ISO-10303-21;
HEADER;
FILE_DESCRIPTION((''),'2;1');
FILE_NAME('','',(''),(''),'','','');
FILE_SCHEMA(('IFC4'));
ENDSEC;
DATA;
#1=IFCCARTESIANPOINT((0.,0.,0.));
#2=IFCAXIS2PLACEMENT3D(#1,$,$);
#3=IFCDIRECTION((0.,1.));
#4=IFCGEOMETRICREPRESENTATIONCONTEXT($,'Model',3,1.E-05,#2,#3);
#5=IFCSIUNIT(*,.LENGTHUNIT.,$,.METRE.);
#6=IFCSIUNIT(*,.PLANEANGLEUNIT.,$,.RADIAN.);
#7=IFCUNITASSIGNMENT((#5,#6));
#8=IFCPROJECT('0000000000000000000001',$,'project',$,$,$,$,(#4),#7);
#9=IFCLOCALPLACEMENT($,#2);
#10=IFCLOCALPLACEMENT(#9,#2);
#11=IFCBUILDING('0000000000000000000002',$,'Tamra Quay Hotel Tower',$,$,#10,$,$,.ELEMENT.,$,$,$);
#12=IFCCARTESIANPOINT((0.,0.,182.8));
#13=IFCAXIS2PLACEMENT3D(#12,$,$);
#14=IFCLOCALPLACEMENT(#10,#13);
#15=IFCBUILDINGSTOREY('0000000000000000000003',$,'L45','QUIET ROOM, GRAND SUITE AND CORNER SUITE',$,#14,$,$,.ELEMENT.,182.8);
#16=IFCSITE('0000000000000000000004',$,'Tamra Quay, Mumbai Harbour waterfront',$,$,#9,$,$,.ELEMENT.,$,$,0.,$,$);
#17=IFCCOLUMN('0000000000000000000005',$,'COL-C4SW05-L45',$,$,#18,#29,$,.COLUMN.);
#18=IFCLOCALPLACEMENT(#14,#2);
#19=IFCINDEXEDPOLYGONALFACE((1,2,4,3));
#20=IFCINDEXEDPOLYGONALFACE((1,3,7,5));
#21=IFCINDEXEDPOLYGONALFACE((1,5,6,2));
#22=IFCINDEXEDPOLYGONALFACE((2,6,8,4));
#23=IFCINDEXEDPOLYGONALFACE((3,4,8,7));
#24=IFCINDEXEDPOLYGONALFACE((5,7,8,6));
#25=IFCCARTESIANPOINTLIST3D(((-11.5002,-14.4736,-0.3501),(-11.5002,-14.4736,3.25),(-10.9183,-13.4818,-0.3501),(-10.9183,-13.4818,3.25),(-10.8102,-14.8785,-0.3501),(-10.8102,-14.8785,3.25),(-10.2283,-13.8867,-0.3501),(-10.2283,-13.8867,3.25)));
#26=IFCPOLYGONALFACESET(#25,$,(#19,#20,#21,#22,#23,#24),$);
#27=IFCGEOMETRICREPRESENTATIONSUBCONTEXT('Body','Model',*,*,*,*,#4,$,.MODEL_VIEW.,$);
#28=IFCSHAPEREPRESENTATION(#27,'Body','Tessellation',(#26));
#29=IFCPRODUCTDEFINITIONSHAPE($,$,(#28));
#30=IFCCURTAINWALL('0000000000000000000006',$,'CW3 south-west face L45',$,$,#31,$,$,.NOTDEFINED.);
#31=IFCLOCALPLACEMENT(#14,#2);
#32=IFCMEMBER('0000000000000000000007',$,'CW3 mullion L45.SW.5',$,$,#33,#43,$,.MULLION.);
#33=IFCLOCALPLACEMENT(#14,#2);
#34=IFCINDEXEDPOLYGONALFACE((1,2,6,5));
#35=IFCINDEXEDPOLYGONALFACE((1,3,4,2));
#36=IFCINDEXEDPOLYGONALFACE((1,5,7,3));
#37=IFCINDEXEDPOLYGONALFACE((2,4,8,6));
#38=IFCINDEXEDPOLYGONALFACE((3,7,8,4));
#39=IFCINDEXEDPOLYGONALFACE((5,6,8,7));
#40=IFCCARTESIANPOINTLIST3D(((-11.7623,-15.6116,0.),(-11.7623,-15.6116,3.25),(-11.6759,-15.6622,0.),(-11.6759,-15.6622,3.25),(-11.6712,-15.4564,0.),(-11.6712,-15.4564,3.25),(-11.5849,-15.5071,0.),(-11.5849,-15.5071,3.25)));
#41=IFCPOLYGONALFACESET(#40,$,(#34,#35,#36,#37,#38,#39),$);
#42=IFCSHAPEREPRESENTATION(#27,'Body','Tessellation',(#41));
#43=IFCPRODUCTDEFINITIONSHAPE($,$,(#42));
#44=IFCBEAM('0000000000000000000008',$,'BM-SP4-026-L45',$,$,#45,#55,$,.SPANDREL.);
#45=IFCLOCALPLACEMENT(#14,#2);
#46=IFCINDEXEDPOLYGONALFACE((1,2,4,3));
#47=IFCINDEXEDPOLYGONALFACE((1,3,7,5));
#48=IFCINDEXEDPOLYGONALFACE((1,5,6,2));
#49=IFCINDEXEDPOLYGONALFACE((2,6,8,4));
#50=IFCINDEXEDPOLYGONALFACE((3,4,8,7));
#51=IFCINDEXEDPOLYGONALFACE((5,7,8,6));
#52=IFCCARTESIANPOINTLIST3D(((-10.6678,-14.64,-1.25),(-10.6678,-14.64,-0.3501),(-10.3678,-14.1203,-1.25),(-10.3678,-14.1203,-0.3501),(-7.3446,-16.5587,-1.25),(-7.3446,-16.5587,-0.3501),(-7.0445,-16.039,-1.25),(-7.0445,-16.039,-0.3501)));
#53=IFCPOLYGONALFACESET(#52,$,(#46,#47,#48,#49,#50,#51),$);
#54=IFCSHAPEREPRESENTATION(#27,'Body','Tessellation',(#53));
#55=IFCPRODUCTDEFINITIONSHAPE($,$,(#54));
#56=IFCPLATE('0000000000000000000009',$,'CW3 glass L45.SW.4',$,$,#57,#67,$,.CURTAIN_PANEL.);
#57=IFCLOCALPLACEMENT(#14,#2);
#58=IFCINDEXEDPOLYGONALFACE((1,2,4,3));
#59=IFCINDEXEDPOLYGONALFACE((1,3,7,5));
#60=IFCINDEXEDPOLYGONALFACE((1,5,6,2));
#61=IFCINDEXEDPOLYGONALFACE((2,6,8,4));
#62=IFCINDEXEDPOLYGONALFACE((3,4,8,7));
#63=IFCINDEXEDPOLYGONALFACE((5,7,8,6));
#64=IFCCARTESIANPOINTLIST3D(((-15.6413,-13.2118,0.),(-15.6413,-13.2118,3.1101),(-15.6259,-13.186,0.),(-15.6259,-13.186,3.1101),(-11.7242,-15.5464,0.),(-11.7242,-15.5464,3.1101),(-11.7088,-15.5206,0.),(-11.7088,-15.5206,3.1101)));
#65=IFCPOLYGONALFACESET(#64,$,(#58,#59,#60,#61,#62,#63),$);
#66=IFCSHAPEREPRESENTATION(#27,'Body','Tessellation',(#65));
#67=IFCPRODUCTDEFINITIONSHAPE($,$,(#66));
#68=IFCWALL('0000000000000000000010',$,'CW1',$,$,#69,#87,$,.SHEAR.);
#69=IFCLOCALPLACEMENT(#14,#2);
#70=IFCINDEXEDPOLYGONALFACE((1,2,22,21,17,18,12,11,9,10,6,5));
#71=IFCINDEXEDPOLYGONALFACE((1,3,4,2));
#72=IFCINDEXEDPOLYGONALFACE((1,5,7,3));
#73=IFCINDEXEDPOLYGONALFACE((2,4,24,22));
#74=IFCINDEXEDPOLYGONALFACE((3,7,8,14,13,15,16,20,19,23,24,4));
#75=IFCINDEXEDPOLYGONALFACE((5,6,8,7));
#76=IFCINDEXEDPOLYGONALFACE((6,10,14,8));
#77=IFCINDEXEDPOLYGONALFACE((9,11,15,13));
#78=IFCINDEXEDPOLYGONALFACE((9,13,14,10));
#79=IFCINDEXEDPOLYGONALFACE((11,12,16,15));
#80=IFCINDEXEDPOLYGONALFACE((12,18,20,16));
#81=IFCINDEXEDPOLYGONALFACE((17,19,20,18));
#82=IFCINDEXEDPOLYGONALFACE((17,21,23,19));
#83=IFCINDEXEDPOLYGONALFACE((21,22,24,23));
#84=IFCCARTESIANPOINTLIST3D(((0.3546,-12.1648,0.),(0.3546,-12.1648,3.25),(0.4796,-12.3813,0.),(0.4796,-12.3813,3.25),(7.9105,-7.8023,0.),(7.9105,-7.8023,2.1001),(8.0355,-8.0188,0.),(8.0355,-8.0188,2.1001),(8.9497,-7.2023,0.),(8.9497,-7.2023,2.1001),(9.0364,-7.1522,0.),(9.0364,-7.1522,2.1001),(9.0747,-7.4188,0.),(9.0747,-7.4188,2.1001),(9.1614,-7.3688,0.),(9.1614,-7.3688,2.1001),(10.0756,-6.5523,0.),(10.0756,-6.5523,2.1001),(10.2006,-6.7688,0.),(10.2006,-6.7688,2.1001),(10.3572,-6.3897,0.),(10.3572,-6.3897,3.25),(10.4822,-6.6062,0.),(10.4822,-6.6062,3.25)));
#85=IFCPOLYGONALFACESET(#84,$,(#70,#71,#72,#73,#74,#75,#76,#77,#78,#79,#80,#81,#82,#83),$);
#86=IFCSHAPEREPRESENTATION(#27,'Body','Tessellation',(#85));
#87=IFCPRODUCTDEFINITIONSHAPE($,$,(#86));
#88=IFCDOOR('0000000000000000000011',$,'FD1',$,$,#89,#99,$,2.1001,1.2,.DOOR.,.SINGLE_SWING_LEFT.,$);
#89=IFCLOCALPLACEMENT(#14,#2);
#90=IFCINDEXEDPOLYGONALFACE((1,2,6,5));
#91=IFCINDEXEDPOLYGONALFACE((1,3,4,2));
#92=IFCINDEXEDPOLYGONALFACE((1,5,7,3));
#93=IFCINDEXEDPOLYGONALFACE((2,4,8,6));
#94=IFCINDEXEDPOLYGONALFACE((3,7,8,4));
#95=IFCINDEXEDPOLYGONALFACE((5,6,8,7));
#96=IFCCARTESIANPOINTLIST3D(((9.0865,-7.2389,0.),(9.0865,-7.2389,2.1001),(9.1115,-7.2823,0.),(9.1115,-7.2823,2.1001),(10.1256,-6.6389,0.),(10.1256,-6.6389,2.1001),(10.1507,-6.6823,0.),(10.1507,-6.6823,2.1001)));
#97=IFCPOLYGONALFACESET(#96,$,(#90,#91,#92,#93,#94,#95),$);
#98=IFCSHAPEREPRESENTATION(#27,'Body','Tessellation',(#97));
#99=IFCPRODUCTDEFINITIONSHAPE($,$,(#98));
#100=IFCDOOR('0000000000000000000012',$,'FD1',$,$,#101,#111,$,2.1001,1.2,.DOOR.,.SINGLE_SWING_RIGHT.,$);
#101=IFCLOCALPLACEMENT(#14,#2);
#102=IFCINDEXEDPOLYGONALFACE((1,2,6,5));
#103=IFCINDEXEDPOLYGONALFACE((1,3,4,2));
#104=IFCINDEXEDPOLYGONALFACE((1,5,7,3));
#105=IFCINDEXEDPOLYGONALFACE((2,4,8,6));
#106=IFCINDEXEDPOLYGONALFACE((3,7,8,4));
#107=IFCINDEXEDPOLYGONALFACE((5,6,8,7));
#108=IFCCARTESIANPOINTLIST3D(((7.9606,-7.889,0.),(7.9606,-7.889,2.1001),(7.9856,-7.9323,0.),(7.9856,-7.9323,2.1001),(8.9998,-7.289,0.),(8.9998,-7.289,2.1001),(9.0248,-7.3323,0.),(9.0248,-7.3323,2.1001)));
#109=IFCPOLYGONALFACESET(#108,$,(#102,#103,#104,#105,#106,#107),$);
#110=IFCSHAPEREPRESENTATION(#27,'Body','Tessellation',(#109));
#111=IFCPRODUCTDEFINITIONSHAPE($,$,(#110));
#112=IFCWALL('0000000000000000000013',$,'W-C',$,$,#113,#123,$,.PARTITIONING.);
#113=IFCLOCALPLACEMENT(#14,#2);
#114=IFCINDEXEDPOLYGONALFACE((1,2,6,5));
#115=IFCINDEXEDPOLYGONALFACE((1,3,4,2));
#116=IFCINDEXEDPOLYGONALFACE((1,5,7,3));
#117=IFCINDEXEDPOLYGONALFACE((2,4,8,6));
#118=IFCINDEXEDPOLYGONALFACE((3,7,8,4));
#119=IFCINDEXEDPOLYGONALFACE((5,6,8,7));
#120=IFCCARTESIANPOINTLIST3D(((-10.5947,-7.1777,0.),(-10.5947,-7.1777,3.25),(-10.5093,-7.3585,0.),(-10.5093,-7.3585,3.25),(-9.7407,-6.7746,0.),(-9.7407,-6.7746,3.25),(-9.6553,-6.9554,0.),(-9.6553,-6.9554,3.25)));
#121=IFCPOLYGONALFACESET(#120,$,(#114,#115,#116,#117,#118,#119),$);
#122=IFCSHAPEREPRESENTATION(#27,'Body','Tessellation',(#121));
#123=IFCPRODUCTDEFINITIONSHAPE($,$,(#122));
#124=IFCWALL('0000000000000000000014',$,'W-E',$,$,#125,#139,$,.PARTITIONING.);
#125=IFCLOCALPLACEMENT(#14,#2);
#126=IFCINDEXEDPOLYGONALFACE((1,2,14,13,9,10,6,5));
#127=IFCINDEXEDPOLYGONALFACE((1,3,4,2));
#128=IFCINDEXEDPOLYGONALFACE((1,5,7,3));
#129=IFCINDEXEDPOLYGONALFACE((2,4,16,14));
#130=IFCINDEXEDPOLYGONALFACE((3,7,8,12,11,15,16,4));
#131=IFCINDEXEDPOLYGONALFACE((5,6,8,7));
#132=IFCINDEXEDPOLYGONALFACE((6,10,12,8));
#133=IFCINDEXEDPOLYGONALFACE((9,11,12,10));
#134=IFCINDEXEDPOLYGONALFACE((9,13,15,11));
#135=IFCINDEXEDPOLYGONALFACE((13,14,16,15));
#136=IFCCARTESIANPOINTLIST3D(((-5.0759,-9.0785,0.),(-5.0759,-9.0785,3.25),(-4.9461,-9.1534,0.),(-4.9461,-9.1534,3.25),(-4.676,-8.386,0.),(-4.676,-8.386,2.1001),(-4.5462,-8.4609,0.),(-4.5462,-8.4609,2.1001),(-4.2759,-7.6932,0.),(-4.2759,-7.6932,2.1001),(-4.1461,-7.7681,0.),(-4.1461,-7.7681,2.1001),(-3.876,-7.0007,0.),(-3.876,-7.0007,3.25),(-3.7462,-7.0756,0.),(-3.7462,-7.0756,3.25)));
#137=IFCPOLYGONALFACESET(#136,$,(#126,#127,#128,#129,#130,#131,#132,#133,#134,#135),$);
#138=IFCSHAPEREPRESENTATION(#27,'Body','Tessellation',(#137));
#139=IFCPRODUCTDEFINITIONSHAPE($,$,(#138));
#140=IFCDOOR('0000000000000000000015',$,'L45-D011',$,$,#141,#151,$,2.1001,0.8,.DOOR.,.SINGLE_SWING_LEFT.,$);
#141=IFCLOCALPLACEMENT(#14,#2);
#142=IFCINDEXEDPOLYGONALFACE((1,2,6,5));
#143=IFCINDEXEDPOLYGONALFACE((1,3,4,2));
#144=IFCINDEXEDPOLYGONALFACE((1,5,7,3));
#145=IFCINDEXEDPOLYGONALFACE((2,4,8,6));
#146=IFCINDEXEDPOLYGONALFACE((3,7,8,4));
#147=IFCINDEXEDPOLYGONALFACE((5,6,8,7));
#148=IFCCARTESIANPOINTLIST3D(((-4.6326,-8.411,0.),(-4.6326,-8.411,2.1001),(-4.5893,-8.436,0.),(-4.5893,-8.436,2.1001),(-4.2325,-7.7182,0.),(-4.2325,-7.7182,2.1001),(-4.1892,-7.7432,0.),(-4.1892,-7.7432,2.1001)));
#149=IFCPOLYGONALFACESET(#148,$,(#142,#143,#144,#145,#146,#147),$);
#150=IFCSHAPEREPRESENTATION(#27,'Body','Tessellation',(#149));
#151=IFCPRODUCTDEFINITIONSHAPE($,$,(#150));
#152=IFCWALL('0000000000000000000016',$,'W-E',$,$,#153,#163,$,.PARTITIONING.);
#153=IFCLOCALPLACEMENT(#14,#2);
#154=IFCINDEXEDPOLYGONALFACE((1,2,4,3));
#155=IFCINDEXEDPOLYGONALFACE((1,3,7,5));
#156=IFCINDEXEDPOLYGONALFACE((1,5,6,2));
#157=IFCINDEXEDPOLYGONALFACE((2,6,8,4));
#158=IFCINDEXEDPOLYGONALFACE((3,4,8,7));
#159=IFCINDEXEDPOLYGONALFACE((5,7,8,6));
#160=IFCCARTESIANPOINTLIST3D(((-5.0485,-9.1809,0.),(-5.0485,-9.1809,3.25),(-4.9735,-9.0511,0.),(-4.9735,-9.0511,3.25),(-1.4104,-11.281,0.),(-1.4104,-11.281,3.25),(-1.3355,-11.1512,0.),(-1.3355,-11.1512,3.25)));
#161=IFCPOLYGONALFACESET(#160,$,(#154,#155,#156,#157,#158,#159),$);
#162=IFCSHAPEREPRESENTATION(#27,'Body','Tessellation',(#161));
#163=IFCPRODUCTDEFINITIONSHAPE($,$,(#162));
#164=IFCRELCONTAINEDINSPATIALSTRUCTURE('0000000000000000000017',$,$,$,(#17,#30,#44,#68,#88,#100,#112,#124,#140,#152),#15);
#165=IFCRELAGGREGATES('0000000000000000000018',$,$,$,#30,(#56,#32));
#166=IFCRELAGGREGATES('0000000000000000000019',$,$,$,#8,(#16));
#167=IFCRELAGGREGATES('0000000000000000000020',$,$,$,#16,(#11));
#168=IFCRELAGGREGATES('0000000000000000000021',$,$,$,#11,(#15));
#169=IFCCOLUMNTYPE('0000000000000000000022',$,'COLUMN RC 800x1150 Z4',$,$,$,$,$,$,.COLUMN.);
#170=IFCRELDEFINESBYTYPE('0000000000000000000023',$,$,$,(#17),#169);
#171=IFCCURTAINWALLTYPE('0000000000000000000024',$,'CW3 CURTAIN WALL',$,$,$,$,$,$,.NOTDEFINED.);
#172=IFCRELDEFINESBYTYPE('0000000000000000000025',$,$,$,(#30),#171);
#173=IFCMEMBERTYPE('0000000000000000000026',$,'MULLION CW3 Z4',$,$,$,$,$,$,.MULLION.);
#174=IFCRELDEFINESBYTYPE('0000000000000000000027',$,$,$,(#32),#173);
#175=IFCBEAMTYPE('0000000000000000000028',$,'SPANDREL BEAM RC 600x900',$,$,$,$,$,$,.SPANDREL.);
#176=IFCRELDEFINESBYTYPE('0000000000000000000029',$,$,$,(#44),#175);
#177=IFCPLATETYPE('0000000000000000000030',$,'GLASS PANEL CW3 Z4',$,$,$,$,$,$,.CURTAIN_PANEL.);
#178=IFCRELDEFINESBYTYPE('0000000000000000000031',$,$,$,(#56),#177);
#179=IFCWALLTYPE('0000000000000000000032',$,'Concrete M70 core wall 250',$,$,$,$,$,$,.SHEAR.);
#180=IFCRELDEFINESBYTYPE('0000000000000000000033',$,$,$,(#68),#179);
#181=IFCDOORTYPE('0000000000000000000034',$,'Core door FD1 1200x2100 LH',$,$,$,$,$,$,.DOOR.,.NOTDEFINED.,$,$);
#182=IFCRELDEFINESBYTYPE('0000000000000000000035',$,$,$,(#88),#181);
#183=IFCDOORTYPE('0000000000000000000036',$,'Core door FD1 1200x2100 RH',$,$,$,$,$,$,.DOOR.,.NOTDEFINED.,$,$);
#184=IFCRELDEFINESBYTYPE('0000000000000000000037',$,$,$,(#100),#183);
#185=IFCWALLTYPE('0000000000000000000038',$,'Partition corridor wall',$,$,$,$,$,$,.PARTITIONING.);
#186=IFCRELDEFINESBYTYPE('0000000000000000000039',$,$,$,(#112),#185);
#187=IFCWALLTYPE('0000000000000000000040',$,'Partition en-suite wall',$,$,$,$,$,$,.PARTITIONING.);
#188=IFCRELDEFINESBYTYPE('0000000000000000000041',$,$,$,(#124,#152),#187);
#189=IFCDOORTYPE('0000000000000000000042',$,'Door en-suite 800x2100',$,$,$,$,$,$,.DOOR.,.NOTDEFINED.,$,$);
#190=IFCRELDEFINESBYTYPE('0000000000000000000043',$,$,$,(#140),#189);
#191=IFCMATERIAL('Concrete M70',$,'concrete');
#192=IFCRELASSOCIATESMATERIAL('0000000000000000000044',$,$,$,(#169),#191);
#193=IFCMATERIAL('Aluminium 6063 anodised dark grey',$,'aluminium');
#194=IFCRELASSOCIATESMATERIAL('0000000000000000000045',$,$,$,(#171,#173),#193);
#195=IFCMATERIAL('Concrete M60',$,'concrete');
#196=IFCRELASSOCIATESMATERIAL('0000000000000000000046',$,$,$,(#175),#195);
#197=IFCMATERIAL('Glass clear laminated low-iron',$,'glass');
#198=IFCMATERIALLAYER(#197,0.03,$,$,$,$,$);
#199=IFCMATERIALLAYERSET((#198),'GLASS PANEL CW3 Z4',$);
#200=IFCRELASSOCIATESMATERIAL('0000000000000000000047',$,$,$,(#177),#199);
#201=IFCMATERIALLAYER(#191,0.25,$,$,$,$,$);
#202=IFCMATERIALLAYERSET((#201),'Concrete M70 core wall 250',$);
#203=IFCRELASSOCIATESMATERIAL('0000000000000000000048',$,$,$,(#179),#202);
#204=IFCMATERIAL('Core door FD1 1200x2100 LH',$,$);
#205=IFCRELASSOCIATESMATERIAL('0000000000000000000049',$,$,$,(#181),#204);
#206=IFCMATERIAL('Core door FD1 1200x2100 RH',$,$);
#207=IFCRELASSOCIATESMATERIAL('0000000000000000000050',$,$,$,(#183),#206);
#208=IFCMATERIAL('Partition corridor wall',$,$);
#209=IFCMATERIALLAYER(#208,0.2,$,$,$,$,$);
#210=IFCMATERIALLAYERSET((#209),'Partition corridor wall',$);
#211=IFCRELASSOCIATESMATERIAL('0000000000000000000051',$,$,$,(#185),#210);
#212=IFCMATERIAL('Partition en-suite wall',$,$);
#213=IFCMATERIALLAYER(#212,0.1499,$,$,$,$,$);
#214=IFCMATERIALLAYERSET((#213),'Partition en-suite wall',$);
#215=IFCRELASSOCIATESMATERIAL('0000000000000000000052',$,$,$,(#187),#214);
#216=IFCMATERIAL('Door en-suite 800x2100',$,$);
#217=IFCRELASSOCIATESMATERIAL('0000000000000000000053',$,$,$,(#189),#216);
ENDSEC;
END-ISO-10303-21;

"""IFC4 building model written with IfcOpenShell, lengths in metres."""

from ifc_helpers import new_model, si_unit, direction, frame, frame_2d, origin, origin_2d, place, context, subcontext, project, spatial, rectangle, extrude, material, layer, layer_set, material_profile, profile_set, type_object, element, fill, aggregate, save


model = new_model("IFC4")

# Units and contexts
model_context = context("Model", 3, precision=1e-05, world=origin(), true_north=direction((0.0, 1.0)))
body_context = subcontext(model_context, "Body", "Model", "MODEL_VIEW")
ifc_project = project(units=[si_unit("LENGTHUNIT", "METRE"), si_unit("PLANEANGLEUNIT", "RADIAN")], contexts=[model_context])

# Site, building, storey
site_placement = place(None, origin())
site = spatial("IfcSite", under=ifc_project, at=site_placement, Name="Tamra Quay, Mumbai Harbour waterfront", CompositionType="ELEMENT", RefElevation=0.0)
building_placement = place(site_placement, origin())
building = spatial("IfcBuilding", under=site, at=building_placement, Name="Tamra Quay Hotel Tower", CompositionType="ELEMENT")
storey_placement = place(building_placement, frame((0.0, 0.0, 182.8)))
storey = spatial("IfcBuildingStorey", under=building, at=storey_placement, Name="L45", Description="QUIET ROOM, GRAND SUITE AND CORNER SUITE", CompositionType="ELEMENT", Elevation=182.8)

# Column
ifc_material_1 = material(Name="Concrete M70", Category="concrete")
ifc_material_profile_1 = material_profile(ifc_material_1, rectangle(XDim=1.1499, YDim=0.8, at=origin_2d()), Name="COLUMN RC 800x1150 Z4")
ifc_profile_set_1 = profile_set([ifc_material_profile_1], Name="Concrete M70")
column_type = type_object("IfcColumnType", Name="COLUMN RC 800x1150 Z4", PredefinedType="COLUMN", material=ifc_profile_set_1)
column_placement = place(storey_placement, frame((-10.8643, -14.1802, -0.3501), z_axis=(0.0, 0.0, 1.0), x_axis=(0.506085, 0.862484, 0.0)))
element("IfcColumn", 1, at=column_placement, inside=storey, type_object=column_type, Name="COL-C4SW05-L45", PredefinedType="COLUMN", context=body_context, shape_type="SweptSolid", body=[
    extrude(rectangle(XDim=1.1499, YDim=0.8, at=origin_2d()), origin(), (0.0, 0.0, 1.0), 3.6001),
])

# Curtain wall, member
ifc_material_2 = material(Name="Aluminium 6063 anodised dark grey", Category="aluminium")
curtain_wall_type = type_object("IfcCurtainWallType", Name="CW3 CURTAIN WALL", PredefinedType="NOTDEFINED", material=ifc_material_2)
curtain_wall_placement = place(storey_placement, origin())
curtain_wall = element("IfcCurtainWall", 2, at=curtain_wall_placement, inside=storey, type_object=curtain_wall_type, Name="CW3 south-west face L45", PredefinedType="NOTDEFINED")
ifc_material_profile_2 = material_profile(ifc_material_2, rectangle(XDim=0.1799, YDim=0.1001, at=origin_2d()), Name="MULLION 100X180")
ifc_profile_set_2 = profile_set([ifc_material_profile_2], Name="Aluminium 6063 anodised dark grey")
member_type = type_object("IfcMemberType", Name="MULLION CW3 Z4", PredefinedType="MULLION", material=ifc_profile_set_2)
member_placement = place(storey_placement, frame((-11.6736, -15.5593, 0.0), z_axis=(0.0, 0.0, 1.0), x_axis=(-0.506001, -0.862533, 0.0)))
member = element("IfcMember", 3, at=member_placement, type_object=member_type, Name="CW3 mullion L45.SW.5", PredefinedType="MULLION", context=body_context, shape_type="SweptSolid", body=[
    extrude(rectangle(XDim=0.1799, YDim=0.1001, at=origin_2d()), origin(), (0.0, 0.0, 1.0), 3.25),
])

# Beam
ifc_material_3 = material(Name="Concrete M60", Category="concrete")
ifc_material_profile_3 = material_profile(ifc_material_3, rectangle(XDim=0.6001, YDim=0.8999, at=origin_2d()), Name="SPANDREL BEAM RC 600x900")
ifc_profile_set_3 = profile_set([ifc_material_profile_3], Name="Concrete M60")
beam_type = type_object("IfcBeamType", Name="SPANDREL BEAM RC 600x900", PredefinedType="SPANDREL", material=ifc_profile_set_3)
beam_placement = place(storey_placement, frame((-10.5178, -14.3801, -0.8), z_axis=(0.866022, -0.500005, 0.0), x_axis=(0.500005, 0.866022, 0.0)))
element("IfcBeam", 4, at=beam_placement, inside=storey, type_object=beam_type, Name="BM-SP4-026-L45", PredefinedType="SPANDREL", context=body_context, shape_type="SweptSolid", body=[
    extrude(rectangle(XDim=0.6001, YDim=0.8999, at=origin_2d()), origin(), (0.0, 0.0, 1.0), 3.8374),
])

# Plate
ifc_material_4 = material(Name="Glass clear laminated low-iron", Category="glass")
ifc_layer_1 = layer(ifc_material_4, 0.03)
ifc_layer_set_1 = layer_set([ifc_layer_1], Name="GLASS PANEL CW3 Z4")
plate_type = type_object("IfcPlateType", Name="GLASS PANEL CW3 Z4", PredefinedType="CURTAIN_PANEL", material=ifc_layer_set_1)
plate_placement = place(storey_placement, frame((-13.675, -14.3662, 0.0), z_axis=(0.0, 0.0, 1.0), x_axis=(0.858999, -0.511977, 0.0)))
plate = element("IfcPlate", 5, at=plate_placement, type_object=plate_type, Name="CW3 glass L45.SW.4", PredefinedType="CURTAIN_PANEL", context=body_context, shape_type="SweptSolid", body=[
    extrude(rectangle(XDim=4.5601, YDim=0.03, at=origin_2d()), origin(), (0.0, 0.0, 1.0), 3.1101),
])
aggregate(curtain_wall, [plate, member])

# Wall, openings, doors
ifc_layer_2 = layer(ifc_material_1, 0.25)
ifc_layer_set_2 = layer_set([ifc_layer_2], Name="Concrete M70 core wall 250")
wall_type_1 = type_object("IfcWallType", Name="Concrete M70 core wall 250", PredefinedType="SHEAR", material=ifc_layer_set_2)
wall_1_placement = place(storey_placement, frame((0.4172, -12.2729, 0.0), z_axis=(0.0, 0.0, 1.0), x_axis=(0.866022, 0.500006, 0.0)))
wall_1 = element("IfcWall", 6, at=wall_1_placement, inside=storey, type_object=wall_type_1, Name="CW1", PredefinedType="SHEAR", context=body_context, shape_type="SweptSolid", body=[
    extrude(rectangle(XDim=11.55, YDim=0.25, at=frame_2d((5.7749, 0.0))), origin(), (0.0, 0.0, 1.0), 3.25),
])
opening_1_placement = place(wall_1_placement, frame((10.0247, 0.0, 0.0)))
opening_1 = element("IfcOpeningElement", 7, at=opening_1_placement, cuts=wall_1, PredefinedType="OPENING", context=body_context, shape_type="SweptSolid", body=[
    extrude(rectangle(XDim=1.2, YDim=2.1001, at=frame_2d((0.6001, 1.05))), frame((0.0, 0.135, 0.0), z_axis=(0.0, -1.0, 0.0), x_axis=(1.0, 0.0, 0.0)), (0.0, 0.0, 1.0), 0.27),
])
opening_2_placement = place(wall_1_placement, frame((8.7246, 0.0, 0.0)))
opening_2 = element("IfcOpeningElement", 8, at=opening_2_placement, cuts=wall_1, PredefinedType="OPENING", context=body_context, shape_type="SweptSolid", body=[
    extrude(rectangle(XDim=1.2, YDim=2.1001, at=frame_2d((0.6001, 1.05))), frame((0.0, 0.135, 0.0), z_axis=(0.0, -1.0, 0.0), x_axis=(1.0, 0.0, 0.0)), (0.0, 0.0, 1.0), 0.27),
])
ifc_material_5 = material(Name="Core door FD1 1200x2100 LH")
door_type_1 = type_object("IfcDoorType", Name="Core door FD1 1200x2100 LH", OperationType="NOTDEFINED", PredefinedType="DOOR", material=ifc_material_5)
door_1_placement = place(opening_1_placement, origin())
door_1 = element("IfcDoor", 9, at=door_1_placement, inside=storey, type_object=door_type_1, Name="FD1", OperationType="SINGLE_SWING_LEFT", OverallHeight=2.1001, OverallWidth=1.2, PredefinedType="DOOR", context=body_context, shape_type="SweptSolid", body=[
    extrude(rectangle(XDim=1.2, YDim=2.1001, at=frame_2d((0.6001, 1.05))), frame((0.0, 0.0249, 0.0), z_axis=(0.0, -1.0, 0.0), x_axis=(1.0, 0.0, 0.0)), (0.0, 0.0, 1.0), 0.05),
])
fill(opening_1, door_1)
ifc_material_6 = material(Name="Core door FD1 1200x2100 RH")
door_type_2 = type_object("IfcDoorType", Name="Core door FD1 1200x2100 RH", OperationType="NOTDEFINED", PredefinedType="DOOR", material=ifc_material_6)
door_2_placement = place(opening_2_placement, origin())
door_2 = element("IfcDoor", 10, at=door_2_placement, inside=storey, type_object=door_type_2, Name="FD1", OperationType="SINGLE_SWING_RIGHT", OverallHeight=2.1001, OverallWidth=1.2, PredefinedType="DOOR", context=body_context, shape_type="SweptSolid", body=[
    extrude(rectangle(XDim=1.2, YDim=2.1001, at=frame_2d((0.6001, 1.05))), frame((0.0, 0.0249, 0.0), z_axis=(0.0, -1.0, 0.0), x_axis=(1.0, 0.0, 0.0)), (0.0, 0.0, 1.0), 0.05),
])
fill(opening_2, door_2)

# Wall
ifc_material_7 = material(Name="Partition corridor wall")
ifc_layer_3 = layer(ifc_material_7, 0.2)
ifc_layer_set_3 = layer_set([ifc_layer_3], Name="Partition corridor wall")
wall_type_2 = type_object("IfcWallType", Name="Partition corridor wall", PredefinedType="PARTITIONING", material=ifc_layer_set_3)
wall_2_placement = place(storey_placement, frame((-10.552, -7.2681, 0.0), z_axis=(0.0, 0.0, 1.0), x_axis=(0.904332, 0.42683, 0.0)))
element("IfcWall", 11, at=wall_2_placement, inside=storey, type_object=wall_type_2, Name="W-C", PredefinedType="PARTITIONING", context=body_context, shape_type="SweptSolid", body=[
    extrude(rectangle(XDim=0.9443, YDim=0.2, at=frame_2d((0.4722, 0.0))), origin(), (0.0, 0.0, 1.0), 3.25),
])

# Wall, opening, door
ifc_material_8 = material(Name="Partition en-suite wall")
ifc_layer_4 = layer(ifc_material_8, 0.1499)
ifc_layer_set_4 = layer_set([ifc_layer_4], Name="Partition en-suite wall")
wall_type_3 = type_object("IfcWallType", Name="Partition en-suite wall", PredefinedType="PARTITIONING", material=ifc_layer_set_4)
wall_3_placement = place(storey_placement, frame((-5.011, -9.116, 0.0), z_axis=(0.0, 0.0, 1.0), x_axis=(0.500089, 0.865974, 0.0)))
wall_3 = element("IfcWall", 12, at=wall_3_placement, inside=storey, type_object=wall_type_3, Name="W-E", PredefinedType="PARTITIONING", context=body_context, shape_type="SweptSolid", body=[
    extrude(rectangle(XDim=2.3994, YDim=0.1499, at=frame_2d((1.1997, 0.0))), origin(), (0.0, 0.0, 1.0), 3.25),
])
opening_3_placement = place(wall_3_placement, frame((0.7998, 0.0, 0.0)))
opening_3 = element("IfcOpeningElement", 13, at=opening_3_placement, cuts=wall_3, PredefinedType="OPENING", context=body_context, shape_type="SweptSolid", body=[
    extrude(rectangle(XDim=0.8, YDim=2.1001, at=frame_2d((0.3999, 1.05))), frame((0.0, 0.085, 0.0), z_axis=(0.0, -1.0, 0.0), x_axis=(1.0, 0.0, 0.0)), (0.0, 0.0, 1.0), 0.1699),
])
ifc_material_9 = material(Name="Door en-suite 800x2100")
door_type_3 = type_object("IfcDoorType", Name="Door en-suite 800x2100", OperationType="NOTDEFINED", PredefinedType="DOOR", material=ifc_material_9)
door_3_placement = place(opening_3_placement, origin())
door_3 = element("IfcDoor", 14, at=door_3_placement, inside=storey, type_object=door_type_3, Name="L45-D011", OperationType="SINGLE_SWING_LEFT", OverallHeight=2.1001, OverallWidth=0.8, PredefinedType="DOOR", context=body_context, shape_type="SweptSolid", body=[
    extrude(rectangle(XDim=0.8, YDim=2.1001, at=frame_2d((0.3999, 1.05))), frame((0.0, 0.0249, 0.0), z_axis=(0.0, -1.0, 0.0), x_axis=(1.0, 0.0, 0.0)), (0.0, 0.0, 1.0), 0.05),
])
fill(opening_3, door_3)

# Wall
wall_4_placement = place(storey_placement, frame((-5.011, -9.116, 0.0), z_axis=(0.0, 0.0, 1.0), x_axis=(0.866053, -0.499952, 0.0)))
element("IfcWall", 15, at=wall_4_placement, inside=storey, type_object=wall_type_3, Name="W-E", PredefinedType="PARTITIONING", context=body_context, shape_type="SweptSolid", body=[
    extrude(rectangle(XDim=4.2007, YDim=0.1499, at=frame_2d((2.1003, 0.0))), origin(), (0.0, 0.0, 1.0), 3.25),
])

save(model, "model.ifc")
